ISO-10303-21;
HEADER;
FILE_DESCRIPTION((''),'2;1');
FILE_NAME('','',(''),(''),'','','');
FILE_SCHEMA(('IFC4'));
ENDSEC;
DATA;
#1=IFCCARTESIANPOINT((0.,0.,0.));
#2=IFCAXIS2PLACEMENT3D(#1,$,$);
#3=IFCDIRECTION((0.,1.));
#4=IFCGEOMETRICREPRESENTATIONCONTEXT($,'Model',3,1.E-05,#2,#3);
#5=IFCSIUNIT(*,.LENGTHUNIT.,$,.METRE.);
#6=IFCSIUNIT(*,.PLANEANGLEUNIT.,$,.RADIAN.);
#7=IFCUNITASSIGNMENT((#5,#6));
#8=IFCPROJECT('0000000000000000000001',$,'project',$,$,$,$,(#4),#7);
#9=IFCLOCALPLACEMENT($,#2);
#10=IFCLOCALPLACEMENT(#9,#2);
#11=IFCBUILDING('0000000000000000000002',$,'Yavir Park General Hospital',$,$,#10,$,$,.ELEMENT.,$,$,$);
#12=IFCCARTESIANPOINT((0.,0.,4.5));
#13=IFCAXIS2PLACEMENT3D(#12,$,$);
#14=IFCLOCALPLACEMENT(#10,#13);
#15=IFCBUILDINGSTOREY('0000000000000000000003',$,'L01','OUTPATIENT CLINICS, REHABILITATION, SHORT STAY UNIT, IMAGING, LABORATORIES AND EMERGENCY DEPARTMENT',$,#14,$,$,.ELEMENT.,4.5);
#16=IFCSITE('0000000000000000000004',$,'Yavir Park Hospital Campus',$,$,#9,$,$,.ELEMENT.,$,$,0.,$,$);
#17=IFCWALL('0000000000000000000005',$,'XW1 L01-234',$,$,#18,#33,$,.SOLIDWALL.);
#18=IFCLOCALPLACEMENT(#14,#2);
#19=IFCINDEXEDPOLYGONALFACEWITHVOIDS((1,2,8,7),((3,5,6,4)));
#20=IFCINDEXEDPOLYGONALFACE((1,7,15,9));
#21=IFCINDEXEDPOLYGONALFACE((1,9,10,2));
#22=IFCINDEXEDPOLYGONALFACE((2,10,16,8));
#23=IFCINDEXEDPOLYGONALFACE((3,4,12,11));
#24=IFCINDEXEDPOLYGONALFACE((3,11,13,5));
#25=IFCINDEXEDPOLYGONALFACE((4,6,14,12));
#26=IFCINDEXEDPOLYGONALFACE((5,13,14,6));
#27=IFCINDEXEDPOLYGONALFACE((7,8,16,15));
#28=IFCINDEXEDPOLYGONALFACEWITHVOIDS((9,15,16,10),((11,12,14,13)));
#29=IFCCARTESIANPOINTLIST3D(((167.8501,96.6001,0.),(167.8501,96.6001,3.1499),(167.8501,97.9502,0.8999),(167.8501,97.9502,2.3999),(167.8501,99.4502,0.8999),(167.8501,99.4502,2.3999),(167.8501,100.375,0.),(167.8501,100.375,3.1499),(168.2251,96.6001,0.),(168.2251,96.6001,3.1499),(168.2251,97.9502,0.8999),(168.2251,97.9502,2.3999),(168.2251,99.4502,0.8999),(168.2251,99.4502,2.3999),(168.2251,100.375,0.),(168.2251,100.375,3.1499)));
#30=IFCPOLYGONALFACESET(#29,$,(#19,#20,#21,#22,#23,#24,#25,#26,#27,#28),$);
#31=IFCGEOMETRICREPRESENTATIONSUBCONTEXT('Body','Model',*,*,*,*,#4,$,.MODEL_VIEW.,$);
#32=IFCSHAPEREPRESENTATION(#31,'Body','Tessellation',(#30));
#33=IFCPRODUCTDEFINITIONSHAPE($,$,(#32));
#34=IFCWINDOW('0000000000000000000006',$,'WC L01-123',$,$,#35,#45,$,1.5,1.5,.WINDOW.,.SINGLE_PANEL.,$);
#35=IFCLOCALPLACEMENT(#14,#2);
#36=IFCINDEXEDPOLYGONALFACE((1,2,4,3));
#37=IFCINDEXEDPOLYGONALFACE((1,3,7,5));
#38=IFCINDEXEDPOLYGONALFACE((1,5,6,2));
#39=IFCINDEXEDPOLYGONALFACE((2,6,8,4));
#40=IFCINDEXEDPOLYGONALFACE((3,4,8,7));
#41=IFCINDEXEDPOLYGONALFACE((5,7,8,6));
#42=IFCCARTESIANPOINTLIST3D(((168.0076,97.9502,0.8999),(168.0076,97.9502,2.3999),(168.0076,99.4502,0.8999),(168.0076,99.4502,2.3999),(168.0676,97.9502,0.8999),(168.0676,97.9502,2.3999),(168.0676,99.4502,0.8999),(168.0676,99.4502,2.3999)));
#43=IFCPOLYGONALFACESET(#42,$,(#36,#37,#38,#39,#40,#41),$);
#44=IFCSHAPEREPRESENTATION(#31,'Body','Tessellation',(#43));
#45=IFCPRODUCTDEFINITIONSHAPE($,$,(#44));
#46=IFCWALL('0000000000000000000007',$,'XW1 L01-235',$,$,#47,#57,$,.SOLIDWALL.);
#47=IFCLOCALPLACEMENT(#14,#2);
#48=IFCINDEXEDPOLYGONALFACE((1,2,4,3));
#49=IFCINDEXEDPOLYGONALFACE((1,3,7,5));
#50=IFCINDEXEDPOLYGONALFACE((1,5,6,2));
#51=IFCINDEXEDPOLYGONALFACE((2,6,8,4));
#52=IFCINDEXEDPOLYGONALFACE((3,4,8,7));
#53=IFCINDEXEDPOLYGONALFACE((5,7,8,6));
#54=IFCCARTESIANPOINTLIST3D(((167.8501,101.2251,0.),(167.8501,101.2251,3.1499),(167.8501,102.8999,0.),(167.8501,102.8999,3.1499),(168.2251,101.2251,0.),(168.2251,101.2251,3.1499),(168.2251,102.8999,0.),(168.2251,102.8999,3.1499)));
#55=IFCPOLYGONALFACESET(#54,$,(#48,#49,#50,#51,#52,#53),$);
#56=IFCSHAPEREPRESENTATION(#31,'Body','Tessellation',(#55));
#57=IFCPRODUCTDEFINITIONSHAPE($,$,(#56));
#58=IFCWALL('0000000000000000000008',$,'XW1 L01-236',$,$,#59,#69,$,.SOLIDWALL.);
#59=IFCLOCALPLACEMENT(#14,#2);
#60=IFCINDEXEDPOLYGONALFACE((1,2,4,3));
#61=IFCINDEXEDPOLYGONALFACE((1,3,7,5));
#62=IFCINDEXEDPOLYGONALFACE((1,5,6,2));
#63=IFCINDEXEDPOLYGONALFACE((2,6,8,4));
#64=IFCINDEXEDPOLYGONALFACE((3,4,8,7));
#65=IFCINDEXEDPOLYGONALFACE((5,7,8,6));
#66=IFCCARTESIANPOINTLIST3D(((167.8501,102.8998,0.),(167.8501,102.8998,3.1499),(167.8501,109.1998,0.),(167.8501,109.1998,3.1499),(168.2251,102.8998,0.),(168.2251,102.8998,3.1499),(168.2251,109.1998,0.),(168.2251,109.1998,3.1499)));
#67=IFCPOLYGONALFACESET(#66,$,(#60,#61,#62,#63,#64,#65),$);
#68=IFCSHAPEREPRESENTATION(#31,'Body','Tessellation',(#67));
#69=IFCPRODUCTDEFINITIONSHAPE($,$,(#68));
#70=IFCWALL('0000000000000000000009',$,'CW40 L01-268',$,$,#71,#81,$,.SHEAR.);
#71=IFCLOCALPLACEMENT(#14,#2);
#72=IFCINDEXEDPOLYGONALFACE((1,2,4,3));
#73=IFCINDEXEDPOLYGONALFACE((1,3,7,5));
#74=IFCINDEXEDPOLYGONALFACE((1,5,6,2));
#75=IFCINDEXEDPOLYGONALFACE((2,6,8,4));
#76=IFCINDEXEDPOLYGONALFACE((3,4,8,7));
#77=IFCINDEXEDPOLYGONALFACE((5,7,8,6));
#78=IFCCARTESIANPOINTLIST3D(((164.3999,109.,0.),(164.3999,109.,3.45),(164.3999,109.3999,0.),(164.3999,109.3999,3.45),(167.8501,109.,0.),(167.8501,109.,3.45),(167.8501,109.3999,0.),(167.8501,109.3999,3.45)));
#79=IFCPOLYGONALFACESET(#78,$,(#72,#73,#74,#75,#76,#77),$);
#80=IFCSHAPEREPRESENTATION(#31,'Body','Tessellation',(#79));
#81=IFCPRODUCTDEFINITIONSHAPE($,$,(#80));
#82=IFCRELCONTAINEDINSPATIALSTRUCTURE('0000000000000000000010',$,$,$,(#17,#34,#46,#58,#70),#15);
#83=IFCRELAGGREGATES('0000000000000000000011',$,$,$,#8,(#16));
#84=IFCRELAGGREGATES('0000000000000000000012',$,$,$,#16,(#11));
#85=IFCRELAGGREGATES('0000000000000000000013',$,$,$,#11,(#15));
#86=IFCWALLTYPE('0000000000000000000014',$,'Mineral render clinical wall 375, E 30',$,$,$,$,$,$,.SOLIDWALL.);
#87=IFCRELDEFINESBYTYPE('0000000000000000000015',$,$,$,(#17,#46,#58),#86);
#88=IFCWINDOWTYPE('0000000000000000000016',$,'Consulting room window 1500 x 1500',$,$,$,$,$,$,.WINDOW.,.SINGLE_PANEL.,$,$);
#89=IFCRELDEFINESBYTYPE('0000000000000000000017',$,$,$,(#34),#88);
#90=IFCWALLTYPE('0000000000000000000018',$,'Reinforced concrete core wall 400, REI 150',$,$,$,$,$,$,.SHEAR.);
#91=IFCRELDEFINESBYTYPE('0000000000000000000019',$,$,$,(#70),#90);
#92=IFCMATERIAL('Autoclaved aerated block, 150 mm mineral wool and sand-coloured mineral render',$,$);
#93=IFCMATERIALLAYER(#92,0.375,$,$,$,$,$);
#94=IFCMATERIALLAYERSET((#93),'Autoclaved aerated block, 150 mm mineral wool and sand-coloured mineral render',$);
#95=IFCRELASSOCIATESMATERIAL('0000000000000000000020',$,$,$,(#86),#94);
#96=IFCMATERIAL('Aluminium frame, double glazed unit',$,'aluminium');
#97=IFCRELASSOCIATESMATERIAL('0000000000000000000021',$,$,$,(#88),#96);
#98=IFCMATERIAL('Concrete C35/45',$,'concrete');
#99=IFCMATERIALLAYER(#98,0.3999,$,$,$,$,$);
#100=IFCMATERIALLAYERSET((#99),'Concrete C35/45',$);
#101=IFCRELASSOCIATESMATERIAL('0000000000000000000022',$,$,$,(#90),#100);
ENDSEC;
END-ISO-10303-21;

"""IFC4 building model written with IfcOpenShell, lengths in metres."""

from ifc_helpers import new_model, si_unit, direction, frame, frame_2d, origin, place, context, subcontext, project, spatial, rectangle, extrude, material, layer, layer_set, type_object, element, fill, save


model = new_model("IFC4")

# Units and contexts
model_context = context("Model", 3, precision=1e-05, world=origin(), true_north=direction((0.0, 1.0)))
body_context = subcontext(model_context, "Body", "Model", "MODEL_VIEW")
ifc_project = project(units=[si_unit("LENGTHUNIT", "METRE"), si_unit("PLANEANGLEUNIT", "RADIAN")], contexts=[model_context])

# Site, building, storey
site_placement = place(None, origin())
site = spatial("IfcSite", under=ifc_project, at=site_placement, Name="Yavir Park Hospital Campus", CompositionType="ELEMENT", RefElevation=0.0)
building_placement = place(site_placement, origin())
building = spatial("IfcBuilding", under=site, at=building_placement, Name="Yavir Park General Hospital", CompositionType="ELEMENT")
storey_placement = place(building_placement, frame((0.0, 0.0, 4.5)))
storey = spatial("IfcBuildingStorey", under=building, at=storey_placement, Name="L01", Description="OUTPATIENT CLINICS, REHABILITATION, SHORT STAY UNIT, IMAGING, LABORATORIES AND EMERGENCY DEPARTMENT", CompositionType="ELEMENT", Elevation=4.5)

# Wall, opening, window
ifc_material_1 = material(Name="Autoclaved aerated block, 150 mm mineral wool and sand-coloured mineral render")
ifc_layer_1 = layer(ifc_material_1, 0.375)
ifc_layer_set_1 = layer_set([ifc_layer_1], Name="Autoclaved aerated block, 150 mm mineral wool and sand-coloured mineral render")
wall_type_1 = type_object("IfcWallType", Name="Mineral render clinical wall 375, E 30", PredefinedType="SOLIDWALL", material=ifc_layer_set_1)
ifc_material_2 = material(Name="Aluminium frame, double glazed unit", Category="aluminium")
window_type = type_object("IfcWindowType", Name="Consulting room window 1500 x 1500", PartitioningType="SINGLE_PANEL", PredefinedType="WINDOW", material=ifc_material_2)
wall_1_placement = place(storey_placement, frame((168.0376, 96.6001, 0.0), z_axis=(0.0, 0.0, 1.0), x_axis=(0.0, 1.0, 0.0)))
wall_1 = element("IfcWall", 1, at=wall_1_placement, inside=storey, type_object=wall_type_1, Name="XW1 L01-234", PredefinedType="SOLIDWALL", context=body_context, shape_type="SweptSolid", body=[
    extrude(rectangle(XDim=3.7749, YDim=0.375, at=frame_2d((1.8875, 0.0))), origin(), (0.0, 0.0, 1.0), 3.1499),
])
opening_1_placement = place(wall_1_placement, frame((1.3501, 0.0, 0.8999)))
opening_1 = element("IfcOpeningElement", 2, at=opening_1_placement, cuts=wall_1, PredefinedType="OPENING", context=body_context, shape_type="SweptSolid", body=[
    extrude(rectangle(XDim=1.5, YDim=1.5, at=frame_2d((0.75, 0.75))), frame((0.0, 0.1975, 0.0), z_axis=(0.0, -1.0, 0.0), x_axis=(1.0, 0.0, 0.0)), (0.0, 0.0, 1.0), 0.395),
])
window_1_placement = place(opening_1_placement, origin())
window_1 = element("IfcWindow", 3, at=window_1_placement, inside=storey, type_object=window_type, Name="WC L01-123", OverallHeight=1.5, OverallWidth=1.5, PartitioningType="SINGLE_PANEL", PredefinedType="WINDOW", context=body_context, shape_type="SweptSolid", body=[
    extrude(rectangle(XDim=1.5, YDim=1.5, at=frame_2d((0.75, 0.75))), frame((0.0, 0.03, 0.0), z_axis=(0.0, -1.0, 0.0), x_axis=(1.0, 0.0, 0.0)), (0.0, 0.0, 1.0), 0.0601),
])
fill(opening_1, window_1)

# Walls
wall_2_placement = place(storey_placement, frame((168.0376, 101.2251, 0.0), z_axis=(0.0, 0.0, 1.0), x_axis=(0.0, 1.0, 0.0)))
element("IfcWall", 4, at=wall_2_placement, inside=storey, type_object=wall_type_1, Name="XW1 L01-235", PredefinedType="SOLIDWALL", context=body_context, shape_type="SweptSolid", body=[
    extrude(rectangle(XDim=1.6748, YDim=0.375, at=frame_2d((0.8374, 0.0))), origin(), (0.0, 0.0, 1.0), 3.1499),
])
wall_3_placement = place(storey_placement, frame((168.0376, 102.8999, 0.0), z_axis=(0.0, 0.0, 1.0), x_axis=(0.0, 1.0, 0.0)))
element("IfcWall", 5, at=wall_3_placement, inside=storey, type_object=wall_type_1, Name="XW1 L01-236", PredefinedType="SOLIDWALL", context=body_context, shape_type="SweptSolid", body=[
    extrude(rectangle(XDim=6.3, YDim=0.375, at=frame_2d((3.1499, 0.0))), origin(), (0.0, 0.0, 1.0), 3.1499),
])
ifc_material_3 = material(Name="Concrete C35/45", Category="concrete")
ifc_layer_2 = layer(ifc_material_3, 0.3999)
ifc_layer_set_2 = layer_set([ifc_layer_2], Name="Concrete C35/45")
wall_type_2 = type_object("IfcWallType", Name="Reinforced concrete core wall 400, REI 150", PredefinedType="SHEAR", material=ifc_layer_set_2)
wall_4_placement = place(storey_placement, frame((164.3999, 109.2, 0.0), z_axis=(0.0, 0.0, 1.0), x_axis=(1.0, 0.0, 0.0)))
element("IfcWall", 6, at=wall_4_placement, inside=storey, type_object=wall_type_2, Name="CW40 L01-268", PredefinedType="SHEAR", context=body_context, shape_type="SweptSolid", body=[
    extrude(rectangle(XDim=3.4502, YDim=0.3999, at=frame_2d((1.7251, 0.0))), origin(), (0.0, 0.0, 1.0), 3.45),
])

save(model, "model.ifc")
